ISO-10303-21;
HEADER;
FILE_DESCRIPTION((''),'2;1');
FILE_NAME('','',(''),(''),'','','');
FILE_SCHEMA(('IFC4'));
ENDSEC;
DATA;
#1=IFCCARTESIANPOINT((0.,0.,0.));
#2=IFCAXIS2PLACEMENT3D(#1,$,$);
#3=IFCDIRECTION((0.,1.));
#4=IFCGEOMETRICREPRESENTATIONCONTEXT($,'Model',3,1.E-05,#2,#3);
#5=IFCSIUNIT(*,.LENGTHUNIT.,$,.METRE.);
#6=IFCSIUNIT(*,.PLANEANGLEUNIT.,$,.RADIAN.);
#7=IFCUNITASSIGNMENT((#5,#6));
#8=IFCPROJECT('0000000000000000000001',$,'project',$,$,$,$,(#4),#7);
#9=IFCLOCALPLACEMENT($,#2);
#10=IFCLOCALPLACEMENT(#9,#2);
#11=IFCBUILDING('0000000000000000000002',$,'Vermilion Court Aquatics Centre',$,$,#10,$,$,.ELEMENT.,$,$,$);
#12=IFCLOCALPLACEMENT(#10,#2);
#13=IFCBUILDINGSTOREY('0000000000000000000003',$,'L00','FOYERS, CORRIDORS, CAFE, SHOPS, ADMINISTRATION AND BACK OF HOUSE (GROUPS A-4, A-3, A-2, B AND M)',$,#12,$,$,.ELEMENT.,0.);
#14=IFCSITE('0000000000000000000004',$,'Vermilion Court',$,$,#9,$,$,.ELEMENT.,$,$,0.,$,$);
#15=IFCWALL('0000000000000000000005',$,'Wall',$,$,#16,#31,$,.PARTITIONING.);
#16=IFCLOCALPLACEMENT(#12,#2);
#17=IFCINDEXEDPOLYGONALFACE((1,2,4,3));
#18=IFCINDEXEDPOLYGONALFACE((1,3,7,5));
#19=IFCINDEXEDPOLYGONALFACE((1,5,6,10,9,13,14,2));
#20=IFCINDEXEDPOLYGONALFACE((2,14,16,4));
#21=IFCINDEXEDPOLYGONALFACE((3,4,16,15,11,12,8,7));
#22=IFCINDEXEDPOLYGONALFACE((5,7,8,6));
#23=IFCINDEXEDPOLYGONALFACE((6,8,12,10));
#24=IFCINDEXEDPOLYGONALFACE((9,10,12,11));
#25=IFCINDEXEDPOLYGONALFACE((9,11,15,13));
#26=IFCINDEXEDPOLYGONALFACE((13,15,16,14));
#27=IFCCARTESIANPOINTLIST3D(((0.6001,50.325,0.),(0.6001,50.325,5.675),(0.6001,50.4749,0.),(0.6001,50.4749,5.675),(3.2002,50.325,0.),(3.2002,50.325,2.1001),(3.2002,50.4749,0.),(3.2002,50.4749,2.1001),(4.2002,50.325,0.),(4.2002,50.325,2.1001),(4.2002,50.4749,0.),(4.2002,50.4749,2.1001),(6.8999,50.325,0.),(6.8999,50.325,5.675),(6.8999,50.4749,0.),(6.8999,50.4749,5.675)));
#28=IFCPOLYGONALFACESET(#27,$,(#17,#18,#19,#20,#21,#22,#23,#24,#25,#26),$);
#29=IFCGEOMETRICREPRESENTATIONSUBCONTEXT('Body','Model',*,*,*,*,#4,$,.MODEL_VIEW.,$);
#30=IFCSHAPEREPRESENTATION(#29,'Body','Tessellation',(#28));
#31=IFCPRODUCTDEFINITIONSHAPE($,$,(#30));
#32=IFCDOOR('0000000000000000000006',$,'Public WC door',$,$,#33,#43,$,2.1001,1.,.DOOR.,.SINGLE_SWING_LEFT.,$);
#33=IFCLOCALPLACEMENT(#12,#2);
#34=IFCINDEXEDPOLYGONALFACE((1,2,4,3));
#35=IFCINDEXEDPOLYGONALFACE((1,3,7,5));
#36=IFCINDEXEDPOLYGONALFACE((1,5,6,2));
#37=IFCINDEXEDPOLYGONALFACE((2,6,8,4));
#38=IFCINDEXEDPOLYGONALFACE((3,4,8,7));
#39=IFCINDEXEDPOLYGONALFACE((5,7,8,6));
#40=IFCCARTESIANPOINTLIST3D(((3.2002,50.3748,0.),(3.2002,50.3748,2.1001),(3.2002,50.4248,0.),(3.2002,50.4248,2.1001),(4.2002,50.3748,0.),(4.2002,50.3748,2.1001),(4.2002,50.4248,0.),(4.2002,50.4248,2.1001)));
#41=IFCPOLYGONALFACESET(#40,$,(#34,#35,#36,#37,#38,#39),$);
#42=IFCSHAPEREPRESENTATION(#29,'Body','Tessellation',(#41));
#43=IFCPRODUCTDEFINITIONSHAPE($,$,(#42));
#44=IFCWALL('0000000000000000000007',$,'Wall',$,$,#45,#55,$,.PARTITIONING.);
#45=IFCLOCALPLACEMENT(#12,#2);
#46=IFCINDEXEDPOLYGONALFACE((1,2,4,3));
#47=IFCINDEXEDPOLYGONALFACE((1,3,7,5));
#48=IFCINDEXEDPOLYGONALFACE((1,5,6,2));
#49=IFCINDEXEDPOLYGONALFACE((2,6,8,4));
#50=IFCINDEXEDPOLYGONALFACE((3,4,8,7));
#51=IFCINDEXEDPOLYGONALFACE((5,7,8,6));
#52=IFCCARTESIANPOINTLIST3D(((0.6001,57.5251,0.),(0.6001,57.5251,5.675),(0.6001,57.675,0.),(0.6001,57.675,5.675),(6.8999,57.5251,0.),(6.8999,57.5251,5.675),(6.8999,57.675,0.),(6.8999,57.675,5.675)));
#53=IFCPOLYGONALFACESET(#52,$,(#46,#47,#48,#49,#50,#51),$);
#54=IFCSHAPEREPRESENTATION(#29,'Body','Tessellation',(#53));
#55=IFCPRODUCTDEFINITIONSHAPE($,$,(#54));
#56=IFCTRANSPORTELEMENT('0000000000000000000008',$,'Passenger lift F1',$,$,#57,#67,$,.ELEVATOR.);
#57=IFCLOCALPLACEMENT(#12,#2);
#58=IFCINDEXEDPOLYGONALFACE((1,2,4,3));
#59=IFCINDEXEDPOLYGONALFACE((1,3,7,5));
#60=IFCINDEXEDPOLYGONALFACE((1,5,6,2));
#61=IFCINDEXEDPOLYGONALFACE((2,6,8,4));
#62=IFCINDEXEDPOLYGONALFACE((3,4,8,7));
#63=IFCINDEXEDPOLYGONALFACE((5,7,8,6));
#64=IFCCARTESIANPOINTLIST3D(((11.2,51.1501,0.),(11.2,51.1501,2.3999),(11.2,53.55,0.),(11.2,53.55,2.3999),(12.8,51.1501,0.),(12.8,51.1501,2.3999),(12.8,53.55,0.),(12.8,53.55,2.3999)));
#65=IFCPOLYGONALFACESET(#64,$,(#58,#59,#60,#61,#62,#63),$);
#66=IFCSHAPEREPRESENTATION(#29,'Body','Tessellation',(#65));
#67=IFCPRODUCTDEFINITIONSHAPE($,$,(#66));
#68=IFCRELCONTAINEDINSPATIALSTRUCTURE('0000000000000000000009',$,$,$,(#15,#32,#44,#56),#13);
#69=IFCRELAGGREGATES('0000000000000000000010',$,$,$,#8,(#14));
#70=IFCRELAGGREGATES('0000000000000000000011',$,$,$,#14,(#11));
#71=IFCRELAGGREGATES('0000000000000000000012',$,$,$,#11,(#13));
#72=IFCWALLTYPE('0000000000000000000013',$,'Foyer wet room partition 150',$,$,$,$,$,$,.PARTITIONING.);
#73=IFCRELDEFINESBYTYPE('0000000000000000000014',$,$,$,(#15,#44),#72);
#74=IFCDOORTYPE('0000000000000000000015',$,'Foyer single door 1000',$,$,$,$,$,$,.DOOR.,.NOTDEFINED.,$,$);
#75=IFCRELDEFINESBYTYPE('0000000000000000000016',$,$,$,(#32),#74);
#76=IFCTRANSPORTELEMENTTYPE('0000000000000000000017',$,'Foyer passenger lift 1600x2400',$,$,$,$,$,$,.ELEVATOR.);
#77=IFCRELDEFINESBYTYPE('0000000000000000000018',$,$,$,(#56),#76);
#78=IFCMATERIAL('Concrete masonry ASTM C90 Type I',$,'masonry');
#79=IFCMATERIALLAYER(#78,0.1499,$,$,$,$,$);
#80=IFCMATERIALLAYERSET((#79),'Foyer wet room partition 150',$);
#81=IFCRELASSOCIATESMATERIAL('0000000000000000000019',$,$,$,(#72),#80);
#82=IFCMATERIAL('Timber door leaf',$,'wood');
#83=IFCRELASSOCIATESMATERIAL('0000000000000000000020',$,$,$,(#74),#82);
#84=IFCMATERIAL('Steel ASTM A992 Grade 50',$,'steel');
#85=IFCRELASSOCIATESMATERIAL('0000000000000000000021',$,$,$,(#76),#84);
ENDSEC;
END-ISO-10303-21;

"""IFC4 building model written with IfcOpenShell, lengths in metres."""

from ifc_helpers import new_model, si_unit, direction, frame, frame_2d, origin, origin_2d, place, context, subcontext, project, spatial, rectangle, extrude, material, layer, layer_set, type_object, element, fill, save


model = new_model("IFC4")

# Units and contexts
model_context = context("Model", 3, precision=1e-05, world=origin(), true_north=direction((0.0, 1.0)))
body_context = subcontext(model_context, "Body", "Model", "MODEL_VIEW")
ifc_project = project(units=[si_unit("LENGTHUNIT", "METRE"), si_unit("PLANEANGLEUNIT", "RADIAN")], contexts=[model_context])

# Site, building, storey
site_placement = place(None, origin())
site = spatial("IfcSite", under=ifc_project, at=site_placement, Name="Vermilion Court", CompositionType="ELEMENT", RefElevation=0.0)
building_placement = place(site_placement, origin())
building = spatial("IfcBuilding", under=site, at=building_placement, Name="Vermilion Court Aquatics Centre", CompositionType="ELEMENT")
storey_placement = place(building_placement, origin())
storey = spatial("IfcBuildingStorey", under=building, at=storey_placement, Name="L00", Description="FOYERS, CORRIDORS, CAFE, SHOPS, ADMINISTRATION AND BACK OF HOUSE (GROUPS A-4, A-3, A-2, B AND M)", CompositionType="ELEMENT", Elevation=0.0)

# Shared definitions
ifc_material_1 = material(Name="Concrete masonry ASTM C90 Type I", Category="masonry")
ifc_layer_1 = layer(ifc_material_1, 0.1499)
ifc_layer_set_1 = layer_set([ifc_layer_1], Name="Foyer wet room partition 150")
wall_type_1 = type_object("IfcWallType", Name="Foyer wet room partition 150", PredefinedType="PARTITIONING", material=ifc_layer_set_1)

# Wall, opening, door
wall_1_placement = place(storey_placement, frame((0.6001, 50.3999, 0.0), z_axis=(0.0, 0.0, 1.0), x_axis=(1.0, 0.0, 0.0)))
wall_1 = element("IfcWall", 1, at=wall_1_placement, inside=storey, type_object=wall_type_1, Name="Wall", PredefinedType="PARTITIONING", context=body_context, shape_type="SweptSolid", body=[
    extrude(rectangle(XDim=6.2998, YDim=0.1499, at=frame_2d((3.1499, 0.0))), origin(), (0.0, 0.0, 1.0), 5.675),
])
opening_1_placement = place(wall_1_placement, frame((2.6001, 0.0, 0.0)))
opening_1 = element("IfcOpeningElement", 2, at=opening_1_placement, cuts=wall_1, PredefinedType="OPENING", context=body_context, shape_type="SweptSolid", body=[
    extrude(rectangle(XDim=1.0, YDim=2.1001, at=frame_2d((0.5, 1.05))), frame((0.0, 0.085, 0.0), z_axis=(0.0, -1.0, 0.0), x_axis=(1.0, 0.0, 0.0)), (0.0, 0.0, 1.0), 0.1699),
])
ifc_material_2 = material(Name="Timber door leaf", Category="wood")
door_type_1 = type_object("IfcDoorType", Name="Foyer single door 1000", OperationType="NOTDEFINED", PredefinedType="DOOR", material=ifc_material_2)
door_1_placement = place(opening_1_placement, origin())
door_1 = element("IfcDoor", 3, at=door_1_placement, inside=storey, type_object=door_type_1, Name="Public WC door", OperationType="SINGLE_SWING_LEFT", OverallHeight=2.1001, OverallWidth=1.0, PredefinedType="DOOR", context=body_context, shape_type="SweptSolid", body=[
    extrude(rectangle(XDim=1.0, YDim=2.1001, at=frame_2d((0.5, 1.05))), frame((0.0, 0.0249, 0.0), z_axis=(0.0, -1.0, 0.0), x_axis=(1.0, 0.0, 0.0)), (0.0, 0.0, 1.0), 0.05),
])
fill(opening_1, door_1)

# Wall
wall_2_placement = place(storey_placement, frame((0.6001, 57.6001, 0.0), z_axis=(0.0, 0.0, 1.0), x_axis=(1.0, 0.0, 0.0)))
element("IfcWall", 4, at=wall_2_placement, inside=storey, type_object=wall_type_1, Name="Wall", PredefinedType="PARTITIONING", context=body_context, shape_type="SweptSolid", body=[
    extrude(rectangle(XDim=6.2998, YDim=0.1499, at=frame_2d((3.1499, 0.0))), origin(), (0.0, 0.0, 1.0), 5.675),
])

# Transport element
ifc_material_3 = material(Name="Steel ASTM A992 Grade 50", Category="steel")
transport_element_type = type_object("IfcTransportElementType", Name="Foyer passenger lift 1600x2400", PredefinedType="ELEVATOR", material=ifc_material_3)
transport_element_placement = place(storey_placement, frame((12.0, 52.3501, 0.0), z_axis=(0.0, 0.0, 1.0), x_axis=(1.0, 0.0, 0.0)))
element("IfcTransportElement", 5, at=transport_element_placement, inside=storey, type_object=transport_element_type, Name="Passenger lift F1", PredefinedType="ELEVATOR", context=body_context, shape_type="SweptSolid", body=[
    extrude(rectangle(XDim=1.6001, YDim=2.3999, at=origin_2d()), origin(), (0.0, 0.0, 1.0), 2.3999),
])

save(model, "model.ifc")
